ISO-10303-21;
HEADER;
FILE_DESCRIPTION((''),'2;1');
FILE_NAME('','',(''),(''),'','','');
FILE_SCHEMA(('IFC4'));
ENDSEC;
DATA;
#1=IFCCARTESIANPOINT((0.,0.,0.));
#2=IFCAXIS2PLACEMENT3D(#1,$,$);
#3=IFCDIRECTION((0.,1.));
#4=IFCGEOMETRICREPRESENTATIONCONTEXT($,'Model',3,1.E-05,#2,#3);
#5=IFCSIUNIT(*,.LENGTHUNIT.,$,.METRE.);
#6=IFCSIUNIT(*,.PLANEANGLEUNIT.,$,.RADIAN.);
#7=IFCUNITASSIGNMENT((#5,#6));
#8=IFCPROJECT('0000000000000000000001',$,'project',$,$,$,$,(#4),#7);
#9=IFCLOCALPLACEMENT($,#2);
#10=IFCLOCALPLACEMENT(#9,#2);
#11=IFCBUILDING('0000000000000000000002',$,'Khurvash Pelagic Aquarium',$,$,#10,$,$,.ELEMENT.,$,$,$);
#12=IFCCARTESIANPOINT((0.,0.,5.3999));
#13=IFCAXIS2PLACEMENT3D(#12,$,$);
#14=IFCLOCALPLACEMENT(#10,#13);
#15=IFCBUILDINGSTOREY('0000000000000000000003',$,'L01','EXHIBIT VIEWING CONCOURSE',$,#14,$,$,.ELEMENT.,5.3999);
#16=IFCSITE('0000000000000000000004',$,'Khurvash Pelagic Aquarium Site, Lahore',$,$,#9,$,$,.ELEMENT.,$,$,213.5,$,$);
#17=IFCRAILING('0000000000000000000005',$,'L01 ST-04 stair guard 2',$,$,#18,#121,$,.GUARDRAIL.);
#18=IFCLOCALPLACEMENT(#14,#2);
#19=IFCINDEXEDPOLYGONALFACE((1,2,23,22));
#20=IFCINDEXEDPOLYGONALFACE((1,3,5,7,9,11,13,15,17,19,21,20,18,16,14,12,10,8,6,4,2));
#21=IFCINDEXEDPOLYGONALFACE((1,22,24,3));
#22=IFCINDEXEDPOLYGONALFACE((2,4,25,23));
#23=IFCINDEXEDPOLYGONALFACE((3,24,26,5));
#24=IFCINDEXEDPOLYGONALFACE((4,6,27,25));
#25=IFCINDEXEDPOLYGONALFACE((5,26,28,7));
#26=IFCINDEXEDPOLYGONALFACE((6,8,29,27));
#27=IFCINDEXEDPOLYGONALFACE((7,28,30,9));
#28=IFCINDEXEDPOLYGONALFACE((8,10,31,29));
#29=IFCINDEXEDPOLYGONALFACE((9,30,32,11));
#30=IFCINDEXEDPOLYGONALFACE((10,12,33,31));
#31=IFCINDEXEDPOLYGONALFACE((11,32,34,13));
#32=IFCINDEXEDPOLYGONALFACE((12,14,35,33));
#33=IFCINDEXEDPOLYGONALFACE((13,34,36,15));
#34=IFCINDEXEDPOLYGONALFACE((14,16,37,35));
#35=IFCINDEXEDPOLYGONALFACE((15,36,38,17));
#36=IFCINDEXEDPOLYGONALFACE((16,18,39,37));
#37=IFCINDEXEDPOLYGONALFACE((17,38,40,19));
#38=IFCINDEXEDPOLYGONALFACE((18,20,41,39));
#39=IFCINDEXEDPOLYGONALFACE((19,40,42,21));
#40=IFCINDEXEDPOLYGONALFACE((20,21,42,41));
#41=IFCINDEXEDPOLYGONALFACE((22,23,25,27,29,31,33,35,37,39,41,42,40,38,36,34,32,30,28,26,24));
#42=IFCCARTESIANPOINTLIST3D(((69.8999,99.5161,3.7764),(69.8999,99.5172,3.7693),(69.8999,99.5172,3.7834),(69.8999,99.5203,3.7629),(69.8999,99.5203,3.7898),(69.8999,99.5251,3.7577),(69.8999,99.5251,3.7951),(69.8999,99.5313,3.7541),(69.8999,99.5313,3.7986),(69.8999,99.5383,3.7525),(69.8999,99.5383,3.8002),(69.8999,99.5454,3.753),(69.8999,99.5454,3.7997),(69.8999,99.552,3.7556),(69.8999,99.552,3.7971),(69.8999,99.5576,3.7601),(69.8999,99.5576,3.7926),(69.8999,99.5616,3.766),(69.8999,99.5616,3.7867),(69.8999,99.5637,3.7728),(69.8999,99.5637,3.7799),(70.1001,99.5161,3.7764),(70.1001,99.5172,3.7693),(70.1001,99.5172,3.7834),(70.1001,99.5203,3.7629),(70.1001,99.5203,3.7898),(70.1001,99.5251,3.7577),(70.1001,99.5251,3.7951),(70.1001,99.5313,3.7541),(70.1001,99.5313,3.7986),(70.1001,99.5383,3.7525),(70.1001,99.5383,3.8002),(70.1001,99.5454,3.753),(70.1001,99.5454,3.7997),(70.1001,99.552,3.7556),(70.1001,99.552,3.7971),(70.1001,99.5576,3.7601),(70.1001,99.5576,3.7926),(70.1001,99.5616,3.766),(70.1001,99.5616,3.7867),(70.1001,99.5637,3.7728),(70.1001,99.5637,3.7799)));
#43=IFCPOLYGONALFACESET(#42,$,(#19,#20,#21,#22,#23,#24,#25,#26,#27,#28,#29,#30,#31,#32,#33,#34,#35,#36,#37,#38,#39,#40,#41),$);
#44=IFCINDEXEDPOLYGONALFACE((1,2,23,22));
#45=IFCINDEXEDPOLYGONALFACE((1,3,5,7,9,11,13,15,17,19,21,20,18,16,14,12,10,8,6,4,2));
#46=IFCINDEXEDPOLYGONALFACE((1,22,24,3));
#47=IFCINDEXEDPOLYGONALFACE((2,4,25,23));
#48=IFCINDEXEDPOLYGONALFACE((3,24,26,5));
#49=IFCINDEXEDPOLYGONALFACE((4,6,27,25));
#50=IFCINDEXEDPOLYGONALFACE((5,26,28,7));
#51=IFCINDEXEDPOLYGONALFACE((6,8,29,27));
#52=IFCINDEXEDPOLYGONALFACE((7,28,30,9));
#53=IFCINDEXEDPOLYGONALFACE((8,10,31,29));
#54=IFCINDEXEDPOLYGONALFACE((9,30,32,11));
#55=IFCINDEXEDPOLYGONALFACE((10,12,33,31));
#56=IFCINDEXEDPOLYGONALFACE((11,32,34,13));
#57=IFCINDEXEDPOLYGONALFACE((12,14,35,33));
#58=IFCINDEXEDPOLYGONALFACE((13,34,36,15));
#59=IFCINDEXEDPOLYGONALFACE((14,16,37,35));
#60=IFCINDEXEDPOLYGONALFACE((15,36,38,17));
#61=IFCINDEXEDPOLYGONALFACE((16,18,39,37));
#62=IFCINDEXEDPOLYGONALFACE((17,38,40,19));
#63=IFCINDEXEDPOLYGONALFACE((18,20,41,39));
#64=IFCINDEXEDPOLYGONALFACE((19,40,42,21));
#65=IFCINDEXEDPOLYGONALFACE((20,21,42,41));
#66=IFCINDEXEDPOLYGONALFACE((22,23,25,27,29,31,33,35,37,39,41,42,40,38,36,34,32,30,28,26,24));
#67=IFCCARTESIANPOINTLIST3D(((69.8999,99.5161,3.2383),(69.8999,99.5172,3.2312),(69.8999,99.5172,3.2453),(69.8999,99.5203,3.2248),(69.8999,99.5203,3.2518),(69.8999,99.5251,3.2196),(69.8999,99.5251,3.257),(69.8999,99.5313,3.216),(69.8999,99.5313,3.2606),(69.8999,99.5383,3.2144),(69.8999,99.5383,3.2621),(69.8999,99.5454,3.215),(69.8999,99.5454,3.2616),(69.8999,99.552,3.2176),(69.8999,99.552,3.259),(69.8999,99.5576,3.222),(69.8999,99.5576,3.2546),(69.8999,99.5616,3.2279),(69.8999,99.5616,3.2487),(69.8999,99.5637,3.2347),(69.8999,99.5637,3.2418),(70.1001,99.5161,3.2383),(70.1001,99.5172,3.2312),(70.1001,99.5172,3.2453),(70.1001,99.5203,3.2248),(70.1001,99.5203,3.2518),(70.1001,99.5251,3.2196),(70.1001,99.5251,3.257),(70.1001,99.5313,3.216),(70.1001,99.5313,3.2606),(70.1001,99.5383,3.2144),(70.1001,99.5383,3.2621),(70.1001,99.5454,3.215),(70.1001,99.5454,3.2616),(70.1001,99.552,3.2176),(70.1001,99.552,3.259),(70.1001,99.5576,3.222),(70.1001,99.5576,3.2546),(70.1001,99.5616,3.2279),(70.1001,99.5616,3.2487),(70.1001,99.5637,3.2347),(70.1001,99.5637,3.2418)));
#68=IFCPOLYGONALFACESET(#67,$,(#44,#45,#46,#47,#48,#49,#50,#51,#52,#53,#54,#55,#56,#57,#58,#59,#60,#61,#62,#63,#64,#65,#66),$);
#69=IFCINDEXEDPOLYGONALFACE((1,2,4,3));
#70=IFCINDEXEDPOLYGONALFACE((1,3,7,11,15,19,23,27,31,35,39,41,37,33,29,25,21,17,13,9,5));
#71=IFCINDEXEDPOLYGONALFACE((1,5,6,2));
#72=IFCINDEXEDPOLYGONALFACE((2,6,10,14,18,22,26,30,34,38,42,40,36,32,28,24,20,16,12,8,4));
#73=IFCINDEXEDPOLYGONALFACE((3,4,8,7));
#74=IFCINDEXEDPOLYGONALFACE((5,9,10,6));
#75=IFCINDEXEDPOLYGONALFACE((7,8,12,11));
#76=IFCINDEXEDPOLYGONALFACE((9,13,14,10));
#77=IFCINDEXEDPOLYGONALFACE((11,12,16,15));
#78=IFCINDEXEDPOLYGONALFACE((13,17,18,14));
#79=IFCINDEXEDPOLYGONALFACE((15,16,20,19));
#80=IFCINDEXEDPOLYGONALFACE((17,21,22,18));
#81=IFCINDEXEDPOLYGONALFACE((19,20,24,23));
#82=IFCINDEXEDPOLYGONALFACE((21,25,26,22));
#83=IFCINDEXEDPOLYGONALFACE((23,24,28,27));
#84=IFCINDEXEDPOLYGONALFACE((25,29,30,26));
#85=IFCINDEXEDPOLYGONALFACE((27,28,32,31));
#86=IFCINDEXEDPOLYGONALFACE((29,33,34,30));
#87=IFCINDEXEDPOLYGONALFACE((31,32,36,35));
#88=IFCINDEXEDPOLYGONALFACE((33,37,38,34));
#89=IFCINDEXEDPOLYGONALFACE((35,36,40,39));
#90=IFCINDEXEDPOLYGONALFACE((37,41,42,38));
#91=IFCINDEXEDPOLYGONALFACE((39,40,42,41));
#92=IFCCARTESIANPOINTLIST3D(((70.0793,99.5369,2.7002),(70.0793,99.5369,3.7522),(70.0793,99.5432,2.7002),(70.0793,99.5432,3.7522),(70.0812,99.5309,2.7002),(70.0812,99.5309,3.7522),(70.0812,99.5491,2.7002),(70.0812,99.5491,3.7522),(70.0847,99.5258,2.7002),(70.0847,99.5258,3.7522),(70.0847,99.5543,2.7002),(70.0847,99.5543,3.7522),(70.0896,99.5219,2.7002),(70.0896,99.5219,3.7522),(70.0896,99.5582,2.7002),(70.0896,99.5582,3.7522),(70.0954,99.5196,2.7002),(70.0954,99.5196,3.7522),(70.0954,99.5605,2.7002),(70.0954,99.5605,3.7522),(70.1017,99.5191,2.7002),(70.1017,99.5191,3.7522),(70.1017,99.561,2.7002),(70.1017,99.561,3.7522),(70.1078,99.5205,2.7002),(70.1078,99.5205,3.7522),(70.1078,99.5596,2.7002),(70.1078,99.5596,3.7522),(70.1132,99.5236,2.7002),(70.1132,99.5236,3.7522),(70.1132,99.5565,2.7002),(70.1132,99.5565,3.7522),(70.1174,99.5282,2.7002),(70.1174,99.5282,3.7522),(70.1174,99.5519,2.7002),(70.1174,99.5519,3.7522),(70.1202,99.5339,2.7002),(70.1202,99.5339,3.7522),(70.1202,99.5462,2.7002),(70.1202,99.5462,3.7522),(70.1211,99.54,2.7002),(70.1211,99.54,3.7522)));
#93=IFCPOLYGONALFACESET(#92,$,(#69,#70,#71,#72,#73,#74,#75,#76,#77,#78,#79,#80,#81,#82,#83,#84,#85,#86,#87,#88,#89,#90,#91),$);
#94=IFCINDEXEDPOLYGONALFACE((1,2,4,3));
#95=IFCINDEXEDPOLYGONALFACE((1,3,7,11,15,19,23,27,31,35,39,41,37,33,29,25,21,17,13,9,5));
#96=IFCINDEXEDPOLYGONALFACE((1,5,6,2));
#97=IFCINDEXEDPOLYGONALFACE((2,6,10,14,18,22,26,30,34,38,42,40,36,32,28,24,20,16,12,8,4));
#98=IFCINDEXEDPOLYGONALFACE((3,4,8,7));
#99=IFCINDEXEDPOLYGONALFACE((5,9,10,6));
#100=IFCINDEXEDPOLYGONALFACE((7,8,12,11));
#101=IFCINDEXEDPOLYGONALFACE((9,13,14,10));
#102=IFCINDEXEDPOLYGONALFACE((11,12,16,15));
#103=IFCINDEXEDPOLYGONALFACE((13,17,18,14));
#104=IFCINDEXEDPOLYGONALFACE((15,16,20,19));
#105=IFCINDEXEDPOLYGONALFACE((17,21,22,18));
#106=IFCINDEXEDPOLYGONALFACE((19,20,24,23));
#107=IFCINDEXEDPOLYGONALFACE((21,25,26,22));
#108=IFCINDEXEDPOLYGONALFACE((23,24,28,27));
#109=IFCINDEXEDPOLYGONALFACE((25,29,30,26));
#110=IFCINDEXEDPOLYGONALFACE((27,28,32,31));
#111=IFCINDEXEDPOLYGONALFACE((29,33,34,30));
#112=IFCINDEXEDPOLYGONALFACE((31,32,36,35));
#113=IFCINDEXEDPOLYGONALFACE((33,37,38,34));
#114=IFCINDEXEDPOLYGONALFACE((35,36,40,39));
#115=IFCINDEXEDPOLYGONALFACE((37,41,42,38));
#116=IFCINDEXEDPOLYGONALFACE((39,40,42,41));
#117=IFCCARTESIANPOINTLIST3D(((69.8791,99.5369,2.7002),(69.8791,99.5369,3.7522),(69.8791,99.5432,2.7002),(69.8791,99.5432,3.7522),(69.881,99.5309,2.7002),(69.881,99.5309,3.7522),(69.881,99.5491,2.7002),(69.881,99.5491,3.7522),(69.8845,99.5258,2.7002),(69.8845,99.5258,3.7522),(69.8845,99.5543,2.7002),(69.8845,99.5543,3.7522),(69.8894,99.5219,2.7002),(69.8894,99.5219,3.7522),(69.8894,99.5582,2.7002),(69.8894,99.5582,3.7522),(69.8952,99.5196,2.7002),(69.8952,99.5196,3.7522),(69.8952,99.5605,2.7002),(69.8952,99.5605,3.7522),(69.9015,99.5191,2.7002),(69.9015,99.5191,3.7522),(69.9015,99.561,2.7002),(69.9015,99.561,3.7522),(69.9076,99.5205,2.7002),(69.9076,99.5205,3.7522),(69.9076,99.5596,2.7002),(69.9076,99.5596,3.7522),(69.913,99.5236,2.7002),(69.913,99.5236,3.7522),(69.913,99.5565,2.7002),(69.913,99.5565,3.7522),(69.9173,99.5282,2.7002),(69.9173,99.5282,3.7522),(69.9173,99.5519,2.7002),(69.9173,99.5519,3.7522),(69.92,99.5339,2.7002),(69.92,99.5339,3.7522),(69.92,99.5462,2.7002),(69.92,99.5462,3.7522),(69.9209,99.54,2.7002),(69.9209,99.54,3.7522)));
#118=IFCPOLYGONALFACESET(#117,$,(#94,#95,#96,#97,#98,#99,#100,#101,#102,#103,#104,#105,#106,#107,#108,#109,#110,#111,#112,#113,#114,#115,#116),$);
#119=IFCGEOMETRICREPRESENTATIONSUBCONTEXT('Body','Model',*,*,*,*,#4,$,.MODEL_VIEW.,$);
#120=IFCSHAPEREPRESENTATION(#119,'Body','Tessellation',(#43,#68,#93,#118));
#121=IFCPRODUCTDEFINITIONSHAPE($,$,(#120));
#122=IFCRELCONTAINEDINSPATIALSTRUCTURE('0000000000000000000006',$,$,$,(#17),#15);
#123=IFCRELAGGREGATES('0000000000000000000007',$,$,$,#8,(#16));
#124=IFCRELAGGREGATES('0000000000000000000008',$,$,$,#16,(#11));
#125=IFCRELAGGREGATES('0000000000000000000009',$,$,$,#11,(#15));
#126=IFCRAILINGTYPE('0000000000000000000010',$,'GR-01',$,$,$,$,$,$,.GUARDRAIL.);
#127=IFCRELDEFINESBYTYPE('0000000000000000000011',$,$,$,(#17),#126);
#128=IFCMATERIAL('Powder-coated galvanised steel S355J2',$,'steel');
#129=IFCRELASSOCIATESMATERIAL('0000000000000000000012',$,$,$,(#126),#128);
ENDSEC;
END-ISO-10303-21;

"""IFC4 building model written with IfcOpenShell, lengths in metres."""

from ifc_helpers import new_model, si_unit, direction, frame, origin, origin_2d, place, context, subcontext, project, spatial, circle, extrude, material, type_object, element, save


model = new_model("IFC4")

# Units and contexts
model_context = context("Model", 3, precision=1e-05, world=origin(), true_north=direction((0.0, 1.0)))
body_context = subcontext(model_context, "Body", "Model", "MODEL_VIEW")
ifc_project = project(units=[si_unit("LENGTHUNIT", "METRE"), si_unit("PLANEANGLEUNIT", "RADIAN")], contexts=[model_context])

# Site, building, storey
site_placement = place(None, origin())
site = spatial("IfcSite", under=ifc_project, at=site_placement, Name="Khurvash Pelagic Aquarium Site, Lahore", CompositionType="ELEMENT", RefElevation=213.5)
building_placement = place(site_placement, origin())
building = spatial("IfcBuilding", under=site, at=building_placement, Name="Khurvash Pelagic Aquarium", CompositionType="ELEMENT")
storey_placement = place(building_placement, frame((0.0, 0.0, 5.3999)))
storey = spatial("IfcBuildingStorey", under=building, at=storey_placement, Name="L01", Description="EXHIBIT VIEWING CONCOURSE", CompositionType="ELEMENT", Elevation=5.3999)

# Railing
ifc_material_1 = material(Name="Powder-coated galvanised steel S355J2", Category="steel")
railing_type_1 = type_object("IfcRailingType", Name="GR-01", PredefinedType="GUARDRAIL", material=ifc_material_1)
railing_1_placement = place(storey_placement, frame((70.1001, 99.54, 2.7002)))
element("IfcRailing", 1, at=railing_1_placement, inside=storey, type_object=railing_type_1, Name="L01 ST-04 stair guard 2", PredefinedType="GUARDRAIL", context=body_context, shape_type="SweptSolid", body=[
    extrude(circle(Radius=0.0239, at=origin_2d()), frame((0.0, 0.0, 1.0762), z_axis=(-1.0, 0.0, 0.0), x_axis=(0.0, -1.0, 0.0)), (0.0, 0.0, 1.0), 0.2002),
    extrude(circle(Radius=0.0239, at=origin_2d()), frame((0.0, 0.0, 0.5381), z_axis=(-1.0, 0.0, 0.0), x_axis=(0.0, -1.0, 0.0)), (0.0, 0.0, 1.0), 0.2002),
    extrude(circle(Radius=0.021, at=origin_2d()), origin(), (0.0, 0.0, 1.0), 1.052),
    extrude(circle(Radius=0.021, at=origin_2d()), frame((-0.2002, 0.0, 0.0)), (0.0, 0.0, 1.0), 1.052),
])

save(model, "model.ifc")
